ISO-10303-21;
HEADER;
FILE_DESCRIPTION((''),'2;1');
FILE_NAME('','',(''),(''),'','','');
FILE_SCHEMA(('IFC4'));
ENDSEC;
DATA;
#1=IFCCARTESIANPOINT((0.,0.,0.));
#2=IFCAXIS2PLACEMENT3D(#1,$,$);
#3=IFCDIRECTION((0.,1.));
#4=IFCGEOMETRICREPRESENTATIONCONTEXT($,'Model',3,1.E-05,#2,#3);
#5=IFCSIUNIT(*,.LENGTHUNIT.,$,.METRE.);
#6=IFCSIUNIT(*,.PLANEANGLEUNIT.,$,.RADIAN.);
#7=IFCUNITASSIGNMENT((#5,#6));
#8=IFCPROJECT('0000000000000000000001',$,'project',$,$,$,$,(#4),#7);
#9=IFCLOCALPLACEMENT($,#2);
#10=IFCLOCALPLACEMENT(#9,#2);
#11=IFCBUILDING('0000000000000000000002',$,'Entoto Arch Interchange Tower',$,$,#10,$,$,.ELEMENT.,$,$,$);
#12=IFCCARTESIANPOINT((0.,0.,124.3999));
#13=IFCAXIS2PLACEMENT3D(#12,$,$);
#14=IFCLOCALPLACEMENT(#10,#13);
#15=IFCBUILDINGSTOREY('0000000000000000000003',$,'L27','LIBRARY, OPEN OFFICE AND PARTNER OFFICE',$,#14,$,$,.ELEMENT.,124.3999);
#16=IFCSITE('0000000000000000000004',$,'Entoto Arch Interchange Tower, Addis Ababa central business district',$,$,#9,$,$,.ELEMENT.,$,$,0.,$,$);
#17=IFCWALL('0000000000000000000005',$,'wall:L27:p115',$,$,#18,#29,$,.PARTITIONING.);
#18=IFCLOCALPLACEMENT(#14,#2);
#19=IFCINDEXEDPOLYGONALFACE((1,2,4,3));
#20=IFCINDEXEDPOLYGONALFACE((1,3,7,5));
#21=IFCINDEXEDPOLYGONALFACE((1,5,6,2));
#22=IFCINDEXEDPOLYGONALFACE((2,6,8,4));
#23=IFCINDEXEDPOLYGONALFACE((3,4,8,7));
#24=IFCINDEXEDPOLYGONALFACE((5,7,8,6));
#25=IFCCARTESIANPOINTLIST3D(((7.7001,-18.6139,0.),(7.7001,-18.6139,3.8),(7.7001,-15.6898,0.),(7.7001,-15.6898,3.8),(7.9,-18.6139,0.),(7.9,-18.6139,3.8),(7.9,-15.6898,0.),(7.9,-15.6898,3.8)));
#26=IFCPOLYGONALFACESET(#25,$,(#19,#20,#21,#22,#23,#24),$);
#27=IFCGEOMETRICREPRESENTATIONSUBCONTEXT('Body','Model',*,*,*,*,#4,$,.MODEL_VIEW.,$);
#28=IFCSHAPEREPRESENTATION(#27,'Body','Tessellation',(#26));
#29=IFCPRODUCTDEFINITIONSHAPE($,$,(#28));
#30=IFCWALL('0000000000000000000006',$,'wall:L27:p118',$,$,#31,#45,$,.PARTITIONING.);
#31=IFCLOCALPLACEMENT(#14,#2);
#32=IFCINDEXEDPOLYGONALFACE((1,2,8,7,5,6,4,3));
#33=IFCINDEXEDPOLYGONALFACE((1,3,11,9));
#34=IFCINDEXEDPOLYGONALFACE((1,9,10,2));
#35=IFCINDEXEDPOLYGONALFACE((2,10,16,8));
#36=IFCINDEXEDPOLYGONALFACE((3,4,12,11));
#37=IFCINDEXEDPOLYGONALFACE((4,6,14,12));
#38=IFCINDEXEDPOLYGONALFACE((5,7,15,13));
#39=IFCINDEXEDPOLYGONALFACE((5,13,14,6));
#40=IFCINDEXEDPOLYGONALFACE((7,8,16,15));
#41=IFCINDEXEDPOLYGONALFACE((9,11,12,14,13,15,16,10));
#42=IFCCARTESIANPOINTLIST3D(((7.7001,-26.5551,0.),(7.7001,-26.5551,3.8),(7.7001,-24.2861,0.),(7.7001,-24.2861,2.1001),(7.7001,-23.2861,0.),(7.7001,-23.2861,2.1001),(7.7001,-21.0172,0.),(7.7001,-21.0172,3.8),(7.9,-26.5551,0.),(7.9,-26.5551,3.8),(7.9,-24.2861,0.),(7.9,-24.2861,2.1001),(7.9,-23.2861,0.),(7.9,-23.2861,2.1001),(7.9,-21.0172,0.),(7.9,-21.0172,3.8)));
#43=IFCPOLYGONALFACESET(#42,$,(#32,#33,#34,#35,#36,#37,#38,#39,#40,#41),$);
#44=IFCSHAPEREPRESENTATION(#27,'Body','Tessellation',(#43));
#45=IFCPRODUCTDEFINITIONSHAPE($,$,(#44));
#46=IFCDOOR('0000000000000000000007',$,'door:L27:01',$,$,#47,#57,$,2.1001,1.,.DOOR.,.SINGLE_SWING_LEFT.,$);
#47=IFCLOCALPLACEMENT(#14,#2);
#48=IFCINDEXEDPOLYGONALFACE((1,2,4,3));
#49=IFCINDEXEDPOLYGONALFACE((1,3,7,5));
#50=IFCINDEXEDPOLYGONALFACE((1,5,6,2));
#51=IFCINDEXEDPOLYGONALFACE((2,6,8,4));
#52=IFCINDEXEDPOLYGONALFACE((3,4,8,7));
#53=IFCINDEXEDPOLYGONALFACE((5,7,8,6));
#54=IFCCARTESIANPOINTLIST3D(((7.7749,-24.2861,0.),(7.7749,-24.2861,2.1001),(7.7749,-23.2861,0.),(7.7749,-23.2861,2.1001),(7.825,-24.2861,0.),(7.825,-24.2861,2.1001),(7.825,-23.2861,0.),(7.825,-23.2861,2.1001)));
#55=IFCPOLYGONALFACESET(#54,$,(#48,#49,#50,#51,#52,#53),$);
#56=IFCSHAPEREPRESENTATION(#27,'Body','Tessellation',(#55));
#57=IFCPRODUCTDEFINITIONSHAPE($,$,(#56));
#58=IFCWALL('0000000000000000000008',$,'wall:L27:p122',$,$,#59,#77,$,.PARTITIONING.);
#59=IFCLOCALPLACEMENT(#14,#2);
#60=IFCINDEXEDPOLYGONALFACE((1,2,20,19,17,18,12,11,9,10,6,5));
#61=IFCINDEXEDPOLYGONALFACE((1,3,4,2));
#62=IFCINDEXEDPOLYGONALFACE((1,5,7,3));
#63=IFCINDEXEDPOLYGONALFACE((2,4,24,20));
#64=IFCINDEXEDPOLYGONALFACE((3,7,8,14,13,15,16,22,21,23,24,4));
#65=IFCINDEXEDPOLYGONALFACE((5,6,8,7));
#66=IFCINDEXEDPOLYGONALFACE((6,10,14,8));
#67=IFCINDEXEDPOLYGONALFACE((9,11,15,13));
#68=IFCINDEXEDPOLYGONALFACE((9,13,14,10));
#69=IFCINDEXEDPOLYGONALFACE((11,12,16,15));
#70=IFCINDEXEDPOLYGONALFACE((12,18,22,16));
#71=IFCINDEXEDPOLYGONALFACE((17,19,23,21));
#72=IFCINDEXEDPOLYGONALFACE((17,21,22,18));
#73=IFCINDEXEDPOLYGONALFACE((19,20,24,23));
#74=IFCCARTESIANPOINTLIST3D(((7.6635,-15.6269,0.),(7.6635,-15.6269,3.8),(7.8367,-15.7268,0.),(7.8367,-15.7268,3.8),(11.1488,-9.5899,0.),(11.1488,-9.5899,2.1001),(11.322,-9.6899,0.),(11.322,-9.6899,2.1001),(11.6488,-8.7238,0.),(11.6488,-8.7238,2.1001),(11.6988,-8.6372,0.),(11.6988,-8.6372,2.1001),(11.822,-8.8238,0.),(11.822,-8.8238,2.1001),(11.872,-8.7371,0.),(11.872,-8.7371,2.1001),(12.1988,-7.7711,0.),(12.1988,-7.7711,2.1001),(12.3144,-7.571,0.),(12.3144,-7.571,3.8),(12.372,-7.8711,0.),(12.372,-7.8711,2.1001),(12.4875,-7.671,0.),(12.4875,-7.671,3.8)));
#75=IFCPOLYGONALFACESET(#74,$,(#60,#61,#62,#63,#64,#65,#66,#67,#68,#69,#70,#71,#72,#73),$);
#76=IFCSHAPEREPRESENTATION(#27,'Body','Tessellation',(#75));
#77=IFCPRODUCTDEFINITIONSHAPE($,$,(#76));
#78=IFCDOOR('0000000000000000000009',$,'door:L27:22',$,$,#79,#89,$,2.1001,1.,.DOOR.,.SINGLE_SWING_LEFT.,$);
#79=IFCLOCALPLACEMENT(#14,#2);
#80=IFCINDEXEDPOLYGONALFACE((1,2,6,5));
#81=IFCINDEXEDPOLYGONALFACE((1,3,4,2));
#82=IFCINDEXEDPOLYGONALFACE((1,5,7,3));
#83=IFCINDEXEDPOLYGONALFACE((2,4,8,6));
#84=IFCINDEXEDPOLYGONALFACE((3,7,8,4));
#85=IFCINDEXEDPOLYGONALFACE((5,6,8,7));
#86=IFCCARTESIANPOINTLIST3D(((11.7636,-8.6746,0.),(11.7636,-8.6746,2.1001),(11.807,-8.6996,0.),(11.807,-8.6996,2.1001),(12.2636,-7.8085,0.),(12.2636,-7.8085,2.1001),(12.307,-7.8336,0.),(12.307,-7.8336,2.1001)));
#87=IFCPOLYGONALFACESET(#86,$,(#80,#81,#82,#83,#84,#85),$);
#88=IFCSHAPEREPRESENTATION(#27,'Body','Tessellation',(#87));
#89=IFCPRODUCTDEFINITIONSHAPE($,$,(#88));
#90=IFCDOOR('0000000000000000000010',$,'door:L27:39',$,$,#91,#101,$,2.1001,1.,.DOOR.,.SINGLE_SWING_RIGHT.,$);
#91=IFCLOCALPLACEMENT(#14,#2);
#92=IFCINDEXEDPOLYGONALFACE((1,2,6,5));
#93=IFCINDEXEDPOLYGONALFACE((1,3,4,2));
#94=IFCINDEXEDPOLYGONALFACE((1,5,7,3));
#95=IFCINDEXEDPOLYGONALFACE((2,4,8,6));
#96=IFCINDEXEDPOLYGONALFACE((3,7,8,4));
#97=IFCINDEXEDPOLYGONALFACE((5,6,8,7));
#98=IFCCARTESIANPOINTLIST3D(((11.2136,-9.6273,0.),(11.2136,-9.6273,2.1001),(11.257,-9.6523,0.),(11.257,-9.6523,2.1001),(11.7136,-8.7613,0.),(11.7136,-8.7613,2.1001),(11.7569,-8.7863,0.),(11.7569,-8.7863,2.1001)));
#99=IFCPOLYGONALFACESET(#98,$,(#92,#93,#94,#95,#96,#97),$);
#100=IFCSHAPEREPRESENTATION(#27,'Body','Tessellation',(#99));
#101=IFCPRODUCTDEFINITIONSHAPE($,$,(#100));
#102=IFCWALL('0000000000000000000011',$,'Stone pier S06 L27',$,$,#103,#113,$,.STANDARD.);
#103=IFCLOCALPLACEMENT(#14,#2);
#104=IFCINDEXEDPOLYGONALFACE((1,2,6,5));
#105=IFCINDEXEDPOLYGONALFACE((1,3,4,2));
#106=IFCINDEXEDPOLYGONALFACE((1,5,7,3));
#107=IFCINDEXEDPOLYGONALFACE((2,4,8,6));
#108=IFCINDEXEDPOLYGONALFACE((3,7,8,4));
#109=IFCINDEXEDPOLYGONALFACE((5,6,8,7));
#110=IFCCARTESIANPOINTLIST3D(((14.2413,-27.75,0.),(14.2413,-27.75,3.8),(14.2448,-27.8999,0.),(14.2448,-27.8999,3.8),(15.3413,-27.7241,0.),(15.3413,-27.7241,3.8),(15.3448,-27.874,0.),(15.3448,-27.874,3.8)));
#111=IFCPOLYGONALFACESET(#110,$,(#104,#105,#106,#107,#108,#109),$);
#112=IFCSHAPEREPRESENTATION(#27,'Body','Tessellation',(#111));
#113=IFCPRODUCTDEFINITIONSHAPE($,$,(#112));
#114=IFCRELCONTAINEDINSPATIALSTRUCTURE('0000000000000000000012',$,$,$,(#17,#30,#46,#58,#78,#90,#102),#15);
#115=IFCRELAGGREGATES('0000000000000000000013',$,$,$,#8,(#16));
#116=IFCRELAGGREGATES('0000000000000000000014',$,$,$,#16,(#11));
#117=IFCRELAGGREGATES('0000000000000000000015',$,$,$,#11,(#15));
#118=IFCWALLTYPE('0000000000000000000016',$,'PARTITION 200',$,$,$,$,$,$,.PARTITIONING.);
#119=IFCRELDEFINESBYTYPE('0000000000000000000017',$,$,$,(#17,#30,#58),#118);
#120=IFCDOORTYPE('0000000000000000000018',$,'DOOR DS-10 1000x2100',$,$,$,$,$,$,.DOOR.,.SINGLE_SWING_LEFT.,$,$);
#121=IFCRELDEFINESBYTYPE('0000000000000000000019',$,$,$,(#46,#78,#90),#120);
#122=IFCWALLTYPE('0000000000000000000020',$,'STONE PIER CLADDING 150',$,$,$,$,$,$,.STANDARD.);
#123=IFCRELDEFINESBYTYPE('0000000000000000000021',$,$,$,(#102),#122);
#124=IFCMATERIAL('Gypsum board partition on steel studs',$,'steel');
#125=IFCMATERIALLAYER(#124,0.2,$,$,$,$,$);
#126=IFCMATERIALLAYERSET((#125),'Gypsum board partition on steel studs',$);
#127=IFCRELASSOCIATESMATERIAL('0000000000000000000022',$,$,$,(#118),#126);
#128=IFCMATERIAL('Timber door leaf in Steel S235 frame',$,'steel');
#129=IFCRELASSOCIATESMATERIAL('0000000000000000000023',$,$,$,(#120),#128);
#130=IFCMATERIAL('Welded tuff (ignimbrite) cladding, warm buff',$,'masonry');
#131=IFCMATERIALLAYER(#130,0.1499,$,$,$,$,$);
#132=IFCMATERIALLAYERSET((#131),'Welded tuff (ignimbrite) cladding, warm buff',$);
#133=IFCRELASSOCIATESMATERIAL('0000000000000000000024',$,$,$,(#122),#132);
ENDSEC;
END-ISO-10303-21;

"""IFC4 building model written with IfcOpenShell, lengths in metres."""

from ifc_helpers import new_model, si_unit, direction, frame, frame_2d, origin, place, context, subcontext, project, spatial, rectangle, extrude, material, layer, layer_set, type_object, element, fill, save


model = new_model("IFC4")

# Units and contexts
model_context = context("Model", 3, precision=1e-05, world=origin(), true_north=direction((0.0, 1.0)))
body_context = subcontext(model_context, "Body", "Model", "MODEL_VIEW")
ifc_project = project(units=[si_unit("LENGTHUNIT", "METRE"), si_unit("PLANEANGLEUNIT", "RADIAN")], contexts=[model_context])

# Site, building, storey
site_placement = place(None, origin())
site = spatial("IfcSite", under=ifc_project, at=site_placement, Name="Entoto Arch Interchange Tower, Addis Ababa central business district", CompositionType="ELEMENT", RefElevation=0.0)
building_placement = place(site_placement, origin())
building = spatial("IfcBuilding", under=site, at=building_placement, Name="Entoto Arch Interchange Tower", CompositionType="ELEMENT")
storey_placement = place(building_placement, frame((0.0, 0.0, 124.3999)))
storey = spatial("IfcBuildingStorey", under=building, at=storey_placement, Name="L27", Description="LIBRARY, OPEN OFFICE AND PARTNER OFFICE", CompositionType="ELEMENT", Elevation=124.3999)

# Wall
ifc_material_1 = material(Name="Gypsum board partition on steel studs", Category="steel")
ifc_layer_1 = layer(ifc_material_1, 0.2)
ifc_layer_set_1 = layer_set([ifc_layer_1], Name="Gypsum board partition on steel studs")
wall_type_1 = type_object("IfcWallType", Name="PARTITION 200", PredefinedType="PARTITIONING", material=ifc_layer_set_1)
wall_1_placement = place(storey_placement, frame((7.8, -15.6899, 0.0), z_axis=(0.0, 0.0, 1.0), x_axis=(0.0, -1.0, 0.0)))
element("IfcWall", 1, at=wall_1_placement, inside=storey, type_object=wall_type_1, Name="wall:L27:p115", PredefinedType="PARTITIONING", context=body_context, shape_type="SweptSolid", body=[
    extrude(rectangle(XDim=2.9241, YDim=0.2, at=frame_2d((1.4619, 0.0))), origin(), (0.0, 0.0, 1.0), 3.8),
])

# Wall, opening, door
wall_2_placement = place(storey_placement, frame((7.8, -21.0171, 0.0), z_axis=(0.0, 0.0, 1.0), x_axis=(0.0, -1.0, 0.0)))
wall_2 = element("IfcWall", 2, at=wall_2_placement, inside=storey, type_object=wall_type_1, Name="wall:L27:p118", PredefinedType="PARTITIONING", context=body_context, shape_type="SweptSolid", body=[
    extrude(rectangle(XDim=5.5378, YDim=0.2, at=frame_2d((2.769, 0.0))), origin(), (0.0, 0.0, 1.0), 3.8),
])
opening_1_placement = place(wall_2_placement, frame((2.269, 0.0, 0.0)))
opening_1 = element("IfcOpeningElement", 3, at=opening_1_placement, cuts=wall_2, PredefinedType="OPENING", context=body_context, shape_type="SweptSolid", body=[
    extrude(rectangle(XDim=1.0, YDim=2.1001, at=frame_2d((0.5, 1.05))), frame((0.0, 0.1099, 0.0), z_axis=(0.0, -1.0, 0.0), x_axis=(1.0, 0.0, 0.0)), (0.0, 0.0, 1.0), 0.22),
])
ifc_material_2 = material(Name="Timber door leaf in Steel S235 frame", Category="steel")
door_type_1 = type_object("IfcDoorType", Name="DOOR DS-10 1000x2100", OperationType="SINGLE_SWING_LEFT", PredefinedType="DOOR", material=ifc_material_2)
door_1_placement = place(opening_1_placement, origin())
door_1 = element("IfcDoor", 4, at=door_1_placement, inside=storey, type_object=door_type_1, Name="door:L27:01", OperationType="SINGLE_SWING_LEFT", OverallHeight=2.1001, OverallWidth=1.0, PredefinedType="DOOR", context=body_context, shape_type="SweptSolid", body=[
    extrude(rectangle(XDim=1.0, YDim=2.1001, at=frame_2d((0.5, 1.05))), frame((0.0, 0.0249, 0.0), z_axis=(0.0, -1.0, 0.0), x_axis=(1.0, 0.0, 0.0)), (0.0, 0.0, 1.0), 0.05),
])
fill(opening_1, door_1)

# Wall, openings, doors
wall_3_placement = place(storey_placement, frame((12.4009, -7.6211, 0.0), z_axis=(0.0, 0.0, 1.0), x_axis=(-0.499984, -0.866035, 0.0)))
wall_3 = element("IfcWall", 5, at=wall_3_placement, inside=storey, type_object=wall_type_1, Name="wall:L27:p122", PredefinedType="PARTITIONING", context=body_context, shape_type="SweptSolid", body=[
    extrude(rectangle(XDim=9.302, YDim=0.2, at=frame_2d((4.6509, 0.0))), origin(), (0.0, 0.0, 1.0), 3.8),
])
opening_2_placement = place(wall_3_placement, frame((0.231, 0.0, 0.0)))
opening_2 = element("IfcOpeningElement", 6, at=opening_2_placement, cuts=wall_3, PredefinedType="OPENING", context=body_context, shape_type="SweptSolid", body=[
    extrude(rectangle(XDim=1.0, YDim=2.1001, at=frame_2d((0.5, 1.05))), frame((0.0, 0.1099, 0.0), z_axis=(0.0, -1.0, 0.0), x_axis=(1.0, 0.0, 0.0)), (0.0, 0.0, 1.0), 0.22),
])
opening_3_placement = place(wall_3_placement, frame((1.3311, 0.0, 0.0)))
opening_3 = element("IfcOpeningElement", 7, at=opening_3_placement, cuts=wall_3, PredefinedType="OPENING", context=body_context, shape_type="SweptSolid", body=[
    extrude(rectangle(XDim=1.0, YDim=2.1001, at=frame_2d((0.5, 1.05))), frame((0.0, 0.1099, 0.0), z_axis=(0.0, -1.0, 0.0), x_axis=(1.0, 0.0, 0.0)), (0.0, 0.0, 1.0), 0.22),
])
door_2_placement = place(opening_2_placement, origin())
door_2 = element("IfcDoor", 8, at=door_2_placement, inside=storey, type_object=door_type_1, Name="door:L27:22", OperationType="SINGLE_SWING_LEFT", OverallHeight=2.1001, OverallWidth=1.0, PredefinedType="DOOR", context=body_context, shape_type="SweptSolid", body=[
    extrude(rectangle(XDim=1.0, YDim=2.1001, at=frame_2d((0.5, 1.05))), frame((0.0, 0.0249, 0.0), z_axis=(0.0, -1.0, 0.0), x_axis=(1.0, 0.0, 0.0)), (0.0, 0.0, 1.0), 0.05),
])
fill(opening_2, door_2)
door_3_placement = place(opening_3_placement, origin())
door_3 = element("IfcDoor", 9, at=door_3_placement, inside=storey, type_object=door_type_1, Name="door:L27:39", OperationType="SINGLE_SWING_RIGHT", OverallHeight=2.1001, OverallWidth=1.0, PredefinedType="DOOR", context=body_context, shape_type="SweptSolid", body=[
    extrude(rectangle(XDim=1.0, YDim=2.1001, at=frame_2d((0.5, 1.05))), frame((0.0, 0.0249, 0.0), z_axis=(0.0, -1.0, 0.0), x_axis=(1.0, 0.0, 0.0)), (0.0, 0.0, 1.0), 0.05),
])
fill(opening_3, door_3)

# Wall
ifc_material_3 = material(Name="Welded tuff (ignimbrite) cladding, warm buff", Category="masonry")
ifc_layer_2 = layer(ifc_material_3, 0.1499)
ifc_layer_set_2 = layer_set([ifc_layer_2], Name="Welded tuff (ignimbrite) cladding, warm buff")
wall_type_2 = type_object("IfcWallType", Name="STONE PIER CLADDING 150", PredefinedType="STANDARD", material=ifc_layer_set_2)
wall_4_placement = place(storey_placement, frame((14.2429, -27.825, 0.0), z_axis=(0.0, 0.0, 1.0), x_axis=(0.999723, 0.023518, 0.0)))
element("IfcWall", 10, at=wall_4_placement, inside=storey, type_object=wall_type_2, Name="Stone pier S06 L27", PredefinedType="STANDARD", context=body_context, shape_type="SweptSolid", body=[
    extrude(rectangle(XDim=1.1003, YDim=0.1499, at=frame_2d((0.5503, 0.0))), origin(), (0.0, 0.0, 1.0), 3.8),
])

save(model, "model.ifc")
